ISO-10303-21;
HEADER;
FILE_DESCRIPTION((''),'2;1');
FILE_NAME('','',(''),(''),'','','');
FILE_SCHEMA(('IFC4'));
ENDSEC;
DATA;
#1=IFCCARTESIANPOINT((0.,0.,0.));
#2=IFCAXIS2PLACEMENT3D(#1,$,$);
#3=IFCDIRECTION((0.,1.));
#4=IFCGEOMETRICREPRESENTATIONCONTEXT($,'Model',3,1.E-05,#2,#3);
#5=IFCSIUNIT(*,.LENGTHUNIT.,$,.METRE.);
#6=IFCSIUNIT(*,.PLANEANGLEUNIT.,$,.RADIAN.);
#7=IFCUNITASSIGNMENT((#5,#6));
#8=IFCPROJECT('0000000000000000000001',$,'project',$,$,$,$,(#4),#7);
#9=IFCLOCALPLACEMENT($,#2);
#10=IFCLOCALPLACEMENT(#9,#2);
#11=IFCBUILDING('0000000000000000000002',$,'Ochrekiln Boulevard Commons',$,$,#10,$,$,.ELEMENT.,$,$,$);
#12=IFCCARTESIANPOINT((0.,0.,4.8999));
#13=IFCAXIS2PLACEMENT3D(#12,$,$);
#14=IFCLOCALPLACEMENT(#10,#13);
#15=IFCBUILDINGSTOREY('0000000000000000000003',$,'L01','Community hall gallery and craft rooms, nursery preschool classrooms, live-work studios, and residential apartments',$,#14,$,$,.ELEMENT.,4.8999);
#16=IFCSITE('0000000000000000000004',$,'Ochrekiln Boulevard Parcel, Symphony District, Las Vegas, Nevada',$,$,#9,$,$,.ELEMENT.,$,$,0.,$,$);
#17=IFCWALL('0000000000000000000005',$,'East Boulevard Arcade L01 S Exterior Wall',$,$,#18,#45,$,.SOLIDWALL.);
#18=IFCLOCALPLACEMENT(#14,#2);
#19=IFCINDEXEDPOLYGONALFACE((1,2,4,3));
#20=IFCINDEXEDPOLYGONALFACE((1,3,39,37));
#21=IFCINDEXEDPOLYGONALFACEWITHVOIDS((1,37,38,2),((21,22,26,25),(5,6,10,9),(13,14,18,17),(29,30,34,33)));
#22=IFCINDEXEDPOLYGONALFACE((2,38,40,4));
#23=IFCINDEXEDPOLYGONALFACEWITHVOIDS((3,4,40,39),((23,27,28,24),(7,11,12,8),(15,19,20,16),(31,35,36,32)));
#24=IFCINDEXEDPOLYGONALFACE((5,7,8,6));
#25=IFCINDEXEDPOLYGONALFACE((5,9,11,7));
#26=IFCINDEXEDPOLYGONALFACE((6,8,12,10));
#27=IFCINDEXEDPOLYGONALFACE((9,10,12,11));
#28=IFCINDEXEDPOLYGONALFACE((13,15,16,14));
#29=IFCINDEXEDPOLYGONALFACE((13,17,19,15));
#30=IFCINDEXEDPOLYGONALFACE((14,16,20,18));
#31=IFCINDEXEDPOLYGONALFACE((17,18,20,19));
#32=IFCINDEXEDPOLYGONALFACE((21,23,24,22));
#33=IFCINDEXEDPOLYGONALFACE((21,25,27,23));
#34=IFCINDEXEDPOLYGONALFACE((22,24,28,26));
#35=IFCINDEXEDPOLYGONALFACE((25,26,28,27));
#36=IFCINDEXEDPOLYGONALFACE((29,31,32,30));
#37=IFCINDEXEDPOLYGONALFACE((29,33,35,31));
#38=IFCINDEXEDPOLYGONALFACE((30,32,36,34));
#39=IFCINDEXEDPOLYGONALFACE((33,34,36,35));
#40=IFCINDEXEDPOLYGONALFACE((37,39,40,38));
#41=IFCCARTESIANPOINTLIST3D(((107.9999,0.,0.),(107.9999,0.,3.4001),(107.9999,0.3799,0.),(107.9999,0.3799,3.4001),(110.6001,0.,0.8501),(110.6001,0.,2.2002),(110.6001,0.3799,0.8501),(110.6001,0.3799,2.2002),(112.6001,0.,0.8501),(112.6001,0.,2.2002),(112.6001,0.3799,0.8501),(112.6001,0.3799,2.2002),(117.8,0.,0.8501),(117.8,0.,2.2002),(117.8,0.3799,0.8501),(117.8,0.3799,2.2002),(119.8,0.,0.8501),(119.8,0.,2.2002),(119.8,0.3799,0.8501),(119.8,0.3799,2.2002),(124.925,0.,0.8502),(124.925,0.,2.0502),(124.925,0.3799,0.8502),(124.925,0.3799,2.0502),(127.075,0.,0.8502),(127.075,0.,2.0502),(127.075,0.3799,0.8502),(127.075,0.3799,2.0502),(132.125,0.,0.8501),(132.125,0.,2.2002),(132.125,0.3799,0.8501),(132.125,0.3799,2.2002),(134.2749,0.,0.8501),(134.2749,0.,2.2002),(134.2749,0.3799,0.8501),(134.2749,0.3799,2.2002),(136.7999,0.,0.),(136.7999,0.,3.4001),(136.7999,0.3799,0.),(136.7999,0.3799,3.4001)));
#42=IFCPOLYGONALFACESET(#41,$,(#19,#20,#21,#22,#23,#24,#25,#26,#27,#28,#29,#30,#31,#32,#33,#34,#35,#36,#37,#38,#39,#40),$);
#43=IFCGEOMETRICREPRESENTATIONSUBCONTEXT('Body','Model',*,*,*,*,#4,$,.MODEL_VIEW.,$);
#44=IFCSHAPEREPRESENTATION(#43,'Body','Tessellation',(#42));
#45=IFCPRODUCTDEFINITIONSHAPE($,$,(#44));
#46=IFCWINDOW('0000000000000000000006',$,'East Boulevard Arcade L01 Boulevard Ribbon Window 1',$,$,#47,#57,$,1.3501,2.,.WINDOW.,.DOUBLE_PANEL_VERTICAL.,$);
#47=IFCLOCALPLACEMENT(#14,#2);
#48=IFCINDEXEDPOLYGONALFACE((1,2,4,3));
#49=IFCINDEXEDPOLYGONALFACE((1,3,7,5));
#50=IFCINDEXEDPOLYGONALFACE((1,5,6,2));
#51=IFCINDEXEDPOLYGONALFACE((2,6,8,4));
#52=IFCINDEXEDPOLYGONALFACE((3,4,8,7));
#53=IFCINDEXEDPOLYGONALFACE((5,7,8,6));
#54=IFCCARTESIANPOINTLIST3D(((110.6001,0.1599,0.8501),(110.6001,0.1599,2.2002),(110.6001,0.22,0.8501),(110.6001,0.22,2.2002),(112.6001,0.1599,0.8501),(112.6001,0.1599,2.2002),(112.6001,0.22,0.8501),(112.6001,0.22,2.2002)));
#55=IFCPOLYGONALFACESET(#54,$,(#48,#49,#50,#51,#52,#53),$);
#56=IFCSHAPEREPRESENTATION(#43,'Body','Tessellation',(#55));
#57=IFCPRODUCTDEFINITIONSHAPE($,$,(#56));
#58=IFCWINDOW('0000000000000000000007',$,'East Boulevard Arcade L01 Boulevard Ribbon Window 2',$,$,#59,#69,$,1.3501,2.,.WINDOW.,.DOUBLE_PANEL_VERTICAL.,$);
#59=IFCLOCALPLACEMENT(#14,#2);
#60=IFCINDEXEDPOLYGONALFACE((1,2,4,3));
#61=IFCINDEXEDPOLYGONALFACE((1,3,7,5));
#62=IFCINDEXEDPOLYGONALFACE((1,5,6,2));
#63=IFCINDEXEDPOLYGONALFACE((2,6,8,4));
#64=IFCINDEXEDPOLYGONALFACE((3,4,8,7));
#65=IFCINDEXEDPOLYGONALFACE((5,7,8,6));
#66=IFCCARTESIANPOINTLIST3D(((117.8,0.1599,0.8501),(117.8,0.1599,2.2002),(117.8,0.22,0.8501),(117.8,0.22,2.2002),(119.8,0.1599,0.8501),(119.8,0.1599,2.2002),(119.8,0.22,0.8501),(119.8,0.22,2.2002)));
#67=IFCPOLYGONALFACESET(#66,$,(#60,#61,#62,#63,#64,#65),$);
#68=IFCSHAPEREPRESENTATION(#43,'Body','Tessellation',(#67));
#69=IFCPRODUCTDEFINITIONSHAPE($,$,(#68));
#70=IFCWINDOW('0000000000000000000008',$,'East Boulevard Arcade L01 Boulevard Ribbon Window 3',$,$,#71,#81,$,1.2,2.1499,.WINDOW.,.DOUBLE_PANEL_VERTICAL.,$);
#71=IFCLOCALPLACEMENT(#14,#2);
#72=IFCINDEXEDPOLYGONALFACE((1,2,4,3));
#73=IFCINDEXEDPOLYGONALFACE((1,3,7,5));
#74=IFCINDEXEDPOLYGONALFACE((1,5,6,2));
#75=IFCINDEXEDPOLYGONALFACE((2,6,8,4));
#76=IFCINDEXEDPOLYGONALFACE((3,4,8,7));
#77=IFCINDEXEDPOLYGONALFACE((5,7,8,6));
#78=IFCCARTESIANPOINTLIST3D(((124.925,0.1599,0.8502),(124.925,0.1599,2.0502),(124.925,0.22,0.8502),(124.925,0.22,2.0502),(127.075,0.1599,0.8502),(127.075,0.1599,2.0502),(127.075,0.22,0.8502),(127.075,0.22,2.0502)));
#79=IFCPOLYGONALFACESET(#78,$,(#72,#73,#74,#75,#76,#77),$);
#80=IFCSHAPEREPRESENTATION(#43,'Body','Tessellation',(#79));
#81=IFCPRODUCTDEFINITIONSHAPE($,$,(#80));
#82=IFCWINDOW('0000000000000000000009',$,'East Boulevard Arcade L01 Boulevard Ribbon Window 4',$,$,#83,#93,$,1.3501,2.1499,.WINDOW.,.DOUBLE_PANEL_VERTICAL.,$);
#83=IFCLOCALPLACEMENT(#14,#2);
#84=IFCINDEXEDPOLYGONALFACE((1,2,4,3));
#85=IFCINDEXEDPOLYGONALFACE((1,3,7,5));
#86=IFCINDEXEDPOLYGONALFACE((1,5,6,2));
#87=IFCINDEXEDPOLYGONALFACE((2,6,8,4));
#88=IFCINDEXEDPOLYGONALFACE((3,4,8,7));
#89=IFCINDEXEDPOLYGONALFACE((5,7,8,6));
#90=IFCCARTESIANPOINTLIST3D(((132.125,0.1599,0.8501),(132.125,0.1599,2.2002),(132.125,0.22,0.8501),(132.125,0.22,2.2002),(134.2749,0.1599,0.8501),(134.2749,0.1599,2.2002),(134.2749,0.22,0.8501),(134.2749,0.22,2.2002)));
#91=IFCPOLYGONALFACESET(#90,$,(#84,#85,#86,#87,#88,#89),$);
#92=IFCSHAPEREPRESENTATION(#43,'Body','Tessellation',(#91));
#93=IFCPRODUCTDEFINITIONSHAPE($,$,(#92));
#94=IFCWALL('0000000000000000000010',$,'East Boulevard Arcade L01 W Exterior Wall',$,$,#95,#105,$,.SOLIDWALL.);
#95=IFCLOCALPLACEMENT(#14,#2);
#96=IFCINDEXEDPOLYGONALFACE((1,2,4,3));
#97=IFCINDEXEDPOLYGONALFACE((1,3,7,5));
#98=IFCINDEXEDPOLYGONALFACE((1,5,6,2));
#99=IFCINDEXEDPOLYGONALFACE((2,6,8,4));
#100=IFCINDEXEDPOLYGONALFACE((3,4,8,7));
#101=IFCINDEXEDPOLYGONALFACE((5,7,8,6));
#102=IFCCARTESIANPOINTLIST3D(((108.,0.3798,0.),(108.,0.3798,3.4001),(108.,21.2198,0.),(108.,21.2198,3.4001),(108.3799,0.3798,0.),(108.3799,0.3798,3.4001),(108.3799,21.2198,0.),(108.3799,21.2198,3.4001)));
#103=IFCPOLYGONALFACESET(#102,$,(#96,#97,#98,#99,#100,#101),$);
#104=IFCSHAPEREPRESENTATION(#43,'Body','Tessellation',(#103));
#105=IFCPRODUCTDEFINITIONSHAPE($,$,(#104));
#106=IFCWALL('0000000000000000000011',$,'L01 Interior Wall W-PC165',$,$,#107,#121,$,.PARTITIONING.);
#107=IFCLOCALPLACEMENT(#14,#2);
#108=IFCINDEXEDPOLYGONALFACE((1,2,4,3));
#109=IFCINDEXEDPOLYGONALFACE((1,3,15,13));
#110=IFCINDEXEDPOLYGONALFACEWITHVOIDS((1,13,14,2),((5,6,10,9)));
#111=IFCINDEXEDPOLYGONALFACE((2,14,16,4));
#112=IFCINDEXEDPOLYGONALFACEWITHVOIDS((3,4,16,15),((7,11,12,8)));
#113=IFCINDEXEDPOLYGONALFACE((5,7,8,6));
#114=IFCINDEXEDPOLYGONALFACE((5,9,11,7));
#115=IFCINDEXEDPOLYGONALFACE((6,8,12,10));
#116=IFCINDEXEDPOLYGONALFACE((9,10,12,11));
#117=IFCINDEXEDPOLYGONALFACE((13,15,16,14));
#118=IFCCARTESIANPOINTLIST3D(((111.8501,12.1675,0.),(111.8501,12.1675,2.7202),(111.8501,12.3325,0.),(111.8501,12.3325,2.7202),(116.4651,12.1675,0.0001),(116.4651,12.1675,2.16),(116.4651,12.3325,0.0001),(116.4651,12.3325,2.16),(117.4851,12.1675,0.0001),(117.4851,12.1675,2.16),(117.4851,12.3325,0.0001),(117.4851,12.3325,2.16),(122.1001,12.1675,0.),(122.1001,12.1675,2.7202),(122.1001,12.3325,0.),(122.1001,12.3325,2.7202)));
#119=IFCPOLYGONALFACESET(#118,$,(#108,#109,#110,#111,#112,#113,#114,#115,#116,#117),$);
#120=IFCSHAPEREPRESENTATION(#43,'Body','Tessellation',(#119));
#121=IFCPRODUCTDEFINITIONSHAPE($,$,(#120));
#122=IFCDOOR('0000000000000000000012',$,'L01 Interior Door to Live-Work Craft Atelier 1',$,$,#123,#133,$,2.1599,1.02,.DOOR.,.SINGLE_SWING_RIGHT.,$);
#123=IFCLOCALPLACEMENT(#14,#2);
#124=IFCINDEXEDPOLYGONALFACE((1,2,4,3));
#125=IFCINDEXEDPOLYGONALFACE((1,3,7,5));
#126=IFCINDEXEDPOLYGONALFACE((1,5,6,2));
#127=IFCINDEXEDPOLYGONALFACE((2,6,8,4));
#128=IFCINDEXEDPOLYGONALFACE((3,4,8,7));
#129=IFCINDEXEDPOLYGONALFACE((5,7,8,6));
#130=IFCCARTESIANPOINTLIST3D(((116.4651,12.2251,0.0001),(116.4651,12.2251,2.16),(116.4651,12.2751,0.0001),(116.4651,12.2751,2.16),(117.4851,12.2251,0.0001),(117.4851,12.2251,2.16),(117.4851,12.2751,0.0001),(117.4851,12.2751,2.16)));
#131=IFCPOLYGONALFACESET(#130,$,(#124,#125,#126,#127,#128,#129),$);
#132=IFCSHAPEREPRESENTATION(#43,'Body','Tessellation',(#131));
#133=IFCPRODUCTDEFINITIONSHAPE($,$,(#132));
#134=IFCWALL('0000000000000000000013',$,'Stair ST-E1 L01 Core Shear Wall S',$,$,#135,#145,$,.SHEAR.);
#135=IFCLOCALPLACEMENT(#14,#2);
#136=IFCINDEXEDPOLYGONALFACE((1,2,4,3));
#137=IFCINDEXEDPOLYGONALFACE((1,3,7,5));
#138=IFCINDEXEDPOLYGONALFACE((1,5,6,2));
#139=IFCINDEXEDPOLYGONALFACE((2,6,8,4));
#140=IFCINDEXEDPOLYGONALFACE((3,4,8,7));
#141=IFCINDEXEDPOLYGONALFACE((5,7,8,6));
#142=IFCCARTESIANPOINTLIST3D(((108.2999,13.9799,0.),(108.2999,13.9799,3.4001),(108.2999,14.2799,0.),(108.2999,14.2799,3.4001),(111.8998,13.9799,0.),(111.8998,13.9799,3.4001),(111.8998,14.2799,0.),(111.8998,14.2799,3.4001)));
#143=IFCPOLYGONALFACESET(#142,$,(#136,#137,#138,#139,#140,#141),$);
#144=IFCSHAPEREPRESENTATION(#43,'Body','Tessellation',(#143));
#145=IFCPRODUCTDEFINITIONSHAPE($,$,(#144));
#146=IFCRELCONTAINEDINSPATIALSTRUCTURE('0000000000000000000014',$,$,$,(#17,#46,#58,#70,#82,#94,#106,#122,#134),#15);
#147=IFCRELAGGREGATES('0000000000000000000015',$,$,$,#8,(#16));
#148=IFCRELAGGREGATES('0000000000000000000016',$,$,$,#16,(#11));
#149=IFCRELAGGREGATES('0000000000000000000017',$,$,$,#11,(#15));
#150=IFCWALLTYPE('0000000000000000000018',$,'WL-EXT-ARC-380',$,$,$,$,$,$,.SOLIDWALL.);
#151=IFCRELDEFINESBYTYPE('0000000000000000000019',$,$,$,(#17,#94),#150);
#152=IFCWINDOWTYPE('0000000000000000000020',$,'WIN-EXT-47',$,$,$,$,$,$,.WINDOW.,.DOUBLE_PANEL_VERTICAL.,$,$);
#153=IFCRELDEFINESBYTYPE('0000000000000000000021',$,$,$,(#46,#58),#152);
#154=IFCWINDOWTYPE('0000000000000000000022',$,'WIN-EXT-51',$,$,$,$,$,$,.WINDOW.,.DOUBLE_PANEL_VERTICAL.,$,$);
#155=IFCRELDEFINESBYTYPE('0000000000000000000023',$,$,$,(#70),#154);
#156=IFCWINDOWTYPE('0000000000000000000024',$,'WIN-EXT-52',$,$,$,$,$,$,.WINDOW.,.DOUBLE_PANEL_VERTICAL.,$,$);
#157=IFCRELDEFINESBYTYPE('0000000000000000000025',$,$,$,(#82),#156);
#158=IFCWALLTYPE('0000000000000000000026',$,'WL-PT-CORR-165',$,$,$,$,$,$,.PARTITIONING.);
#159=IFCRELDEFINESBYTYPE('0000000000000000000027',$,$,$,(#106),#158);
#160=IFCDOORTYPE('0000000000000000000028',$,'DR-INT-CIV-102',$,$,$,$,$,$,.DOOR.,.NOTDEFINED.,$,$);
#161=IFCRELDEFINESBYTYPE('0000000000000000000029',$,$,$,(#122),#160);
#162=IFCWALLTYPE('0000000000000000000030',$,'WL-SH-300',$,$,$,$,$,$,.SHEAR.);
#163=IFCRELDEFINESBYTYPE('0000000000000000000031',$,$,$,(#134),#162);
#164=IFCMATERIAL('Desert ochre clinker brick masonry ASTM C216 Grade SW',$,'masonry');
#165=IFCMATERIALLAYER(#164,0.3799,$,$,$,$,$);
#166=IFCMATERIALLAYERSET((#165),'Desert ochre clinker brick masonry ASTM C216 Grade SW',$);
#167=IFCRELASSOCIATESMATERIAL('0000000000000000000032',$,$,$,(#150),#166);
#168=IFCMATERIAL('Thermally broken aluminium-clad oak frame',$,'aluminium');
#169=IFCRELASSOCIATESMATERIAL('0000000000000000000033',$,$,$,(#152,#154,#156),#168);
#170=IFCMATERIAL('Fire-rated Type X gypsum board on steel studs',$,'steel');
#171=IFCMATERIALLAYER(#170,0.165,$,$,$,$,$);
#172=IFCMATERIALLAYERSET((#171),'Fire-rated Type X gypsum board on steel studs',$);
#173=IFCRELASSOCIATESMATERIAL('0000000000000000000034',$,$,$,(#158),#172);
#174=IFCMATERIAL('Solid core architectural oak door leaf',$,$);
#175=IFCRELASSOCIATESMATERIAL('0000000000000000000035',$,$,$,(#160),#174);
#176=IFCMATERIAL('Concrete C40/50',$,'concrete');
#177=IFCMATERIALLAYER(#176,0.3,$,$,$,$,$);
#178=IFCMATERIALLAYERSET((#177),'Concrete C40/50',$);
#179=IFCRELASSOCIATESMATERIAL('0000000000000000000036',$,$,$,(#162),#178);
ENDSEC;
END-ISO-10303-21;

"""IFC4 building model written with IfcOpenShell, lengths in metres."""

from ifc_helpers import new_model, si_unit, direction, frame, frame_2d, origin, place, context, subcontext, project, spatial, rectangle, extrude, material, layer, layer_set, type_object, element, fill, save


model = new_model("IFC4")

# Units and contexts
model_context = context("Model", 3, precision=1e-05, world=origin(), true_north=direction((0.0, 1.0)))
body_context = subcontext(model_context, "Body", "Model", "MODEL_VIEW")
ifc_project = project(units=[si_unit("LENGTHUNIT", "METRE"), si_unit("PLANEANGLEUNIT", "RADIAN")], contexts=[model_context])

# Site, building, storey
site_placement = place(None, origin())
site = spatial("IfcSite", under=ifc_project, at=site_placement, Name="Ochrekiln Boulevard Parcel, Symphony District, Las Vegas, Nevada", CompositionType="ELEMENT", RefElevation=0.0)
building_placement = place(site_placement, origin())
building = spatial("IfcBuilding", under=site, at=building_placement, Name="Ochrekiln Boulevard Commons", CompositionType="ELEMENT")
storey_placement = place(building_placement, frame((0.0, 0.0, 4.8999)))
storey = spatial("IfcBuildingStorey", under=building, at=storey_placement, Name="L01", Description="Community hall gallery and craft rooms, nursery preschool classrooms, live-work studios, and residential apartments", CompositionType="ELEMENT", Elevation=4.8999)

# Shared definitions
ifc_material_1 = material(Name="Concrete C40/50", Category="concrete")

# Wall, openings, windows
ifc_material_2 = material(Name="Desert ochre clinker brick masonry ASTM C216 Grade SW", Category="masonry")
ifc_layer_1 = layer(ifc_material_2, 0.3799)
ifc_layer_set_1 = layer_set([ifc_layer_1], Name="Desert ochre clinker brick masonry ASTM C216 Grade SW")
wall_type_1 = type_object("IfcWallType", Name="WL-EXT-ARC-380", PredefinedType="SOLIDWALL", material=ifc_layer_set_1)
wall_1_placement = place(storey_placement, frame((108.0, 0.1899, 0.0), z_axis=(0.0, 0.0, 1.0), x_axis=(1.0, 0.0, 0.0)))
wall_1 = element("IfcWall", 1, at=wall_1_placement, inside=storey, type_object=wall_type_1, Name="East Boulevard Arcade L01 S Exterior Wall", PredefinedType="SOLIDWALL", context=body_context, shape_type="SweptSolid", body=[
    extrude(rectangle(XDim=28.8, YDim=0.3799, at=frame_2d((14.3999, 0.0))), origin(), (0.0, 0.0, 1.0), 3.4001),
])
opening_1_placement = place(wall_1_placement, frame((2.6001, 0.0, 0.8501)))
opening_1 = element("IfcOpeningElement", 2, at=opening_1_placement, cuts=wall_1, PredefinedType="OPENING", context=body_context, shape_type="SweptSolid", body=[
    extrude(rectangle(XDim=2.0, YDim=1.3501, at=frame_2d((1.0, 0.675))), frame((0.0, 0.2, 0.0), z_axis=(0.0, -1.0, 0.0), x_axis=(1.0, 0.0, 0.0)), (0.0, 0.0, 1.0), 0.3999),
])
opening_2_placement = place(wall_1_placement, frame((9.8, 0.0, 0.8501)))
opening_2 = element("IfcOpeningElement", 3, at=opening_2_placement, cuts=wall_1, PredefinedType="OPENING", context=body_context, shape_type="SweptSolid", body=[
    extrude(rectangle(XDim=2.0, YDim=1.3501, at=frame_2d((1.0, 0.675))), frame((0.0, 0.2, 0.0), z_axis=(0.0, -1.0, 0.0), x_axis=(1.0, 0.0, 0.0)), (0.0, 0.0, 1.0), 0.3999),
])
opening_3_placement = place(wall_1_placement, frame((16.925, 0.0, 0.8501)))
opening_3 = element("IfcOpeningElement", 4, at=opening_3_placement, cuts=wall_1, PredefinedType="OPENING", context=body_context, shape_type="SweptSolid", body=[
    extrude(rectangle(XDim=2.1499, YDim=1.2, at=frame_2d((1.075, 0.6001))), frame((0.0, 0.2, 0.0), z_axis=(0.0, -1.0, 0.0), x_axis=(1.0, 0.0, 0.0)), (0.0, 0.0, 1.0), 0.3999),
])
opening_4_placement = place(wall_1_placement, frame((24.125, 0.0, 0.8501)))
opening_4 = element("IfcOpeningElement", 5, at=opening_4_placement, cuts=wall_1, PredefinedType="OPENING", context=body_context, shape_type="SweptSolid", body=[
    extrude(rectangle(XDim=2.1499, YDim=1.3501, at=frame_2d((1.075, 0.675))), frame((0.0, 0.2, 0.0), z_axis=(0.0, -1.0, 0.0), x_axis=(1.0, 0.0, 0.0)), (0.0, 0.0, 1.0), 0.3999),
])
ifc_material_3 = material(Name="Thermally broken aluminium-clad oak frame", Category="aluminium")
window_type_1 = type_object("IfcWindowType", Name="WIN-EXT-47", PartitioningType="DOUBLE_PANEL_VERTICAL", PredefinedType="WINDOW", material=ifc_material_3)
window_1_placement = place(opening_1_placement, origin())
window_1 = element("IfcWindow", 6, at=window_1_placement, inside=storey, type_object=window_type_1, Name="East Boulevard Arcade L01 Boulevard Ribbon Window 1", OverallHeight=1.3501, OverallWidth=2.0, PartitioningType="DOUBLE_PANEL_VERTICAL", PredefinedType="WINDOW", context=body_context, shape_type="SweptSolid", body=[
    extrude(rectangle(XDim=2.0, YDim=1.3501, at=frame_2d((1.0, 0.675))), frame((0.0, 0.03, 0.0), z_axis=(0.0, -1.0, 0.0), x_axis=(1.0, 0.0, 0.0)), (0.0, 0.0, 1.0), 0.0601),
])
fill(opening_1, window_1)
window_2_placement = place(opening_2_placement, origin())
window_2 = element("IfcWindow", 7, at=window_2_placement, inside=storey, type_object=window_type_1, Name="East Boulevard Arcade L01 Boulevard Ribbon Window 2", OverallHeight=1.3501, OverallWidth=2.0, PartitioningType="DOUBLE_PANEL_VERTICAL", PredefinedType="WINDOW", context=body_context, shape_type="SweptSolid", body=[
    extrude(rectangle(XDim=2.0, YDim=1.3501, at=frame_2d((1.0, 0.675))), frame((0.0, 0.03, 0.0), z_axis=(0.0, -1.0, 0.0), x_axis=(1.0, 0.0, 0.0)), (0.0, 0.0, 1.0), 0.0601),
])
fill(opening_2, window_2)
window_type_2 = type_object("IfcWindowType", Name="WIN-EXT-51", PartitioningType="DOUBLE_PANEL_VERTICAL", PredefinedType="WINDOW", material=ifc_material_3)
window_3_placement = place(opening_3_placement, origin())
window_3 = element("IfcWindow", 8, at=window_3_placement, inside=storey, type_object=window_type_2, Name="East Boulevard Arcade L01 Boulevard Ribbon Window 3", OverallHeight=1.2, OverallWidth=2.1499, PartitioningType="DOUBLE_PANEL_VERTICAL", PredefinedType="WINDOW", context=body_context, shape_type="SweptSolid", body=[
    extrude(rectangle(XDim=2.1499, YDim=1.2, at=frame_2d((1.075, 0.6001))), frame((0.0, 0.03, 0.0), z_axis=(0.0, -1.0, 0.0), x_axis=(1.0, 0.0, 0.0)), (0.0, 0.0, 1.0), 0.0601),
])
fill(opening_3, window_3)
window_type_3 = type_object("IfcWindowType", Name="WIN-EXT-52", PartitioningType="DOUBLE_PANEL_VERTICAL", PredefinedType="WINDOW", material=ifc_material_3)
window_4_placement = place(opening_4_placement, origin())
window_4 = element("IfcWindow", 9, at=window_4_placement, inside=storey, type_object=window_type_3, Name="East Boulevard Arcade L01 Boulevard Ribbon Window 4", OverallHeight=1.3501, OverallWidth=2.1499, PartitioningType="DOUBLE_PANEL_VERTICAL", PredefinedType="WINDOW", context=body_context, shape_type="SweptSolid", body=[
    extrude(rectangle(XDim=2.1499, YDim=1.3501, at=frame_2d((1.075, 0.675))), frame((0.0, 0.03, 0.0), z_axis=(0.0, -1.0, 0.0), x_axis=(1.0, 0.0, 0.0)), (0.0, 0.0, 1.0), 0.0601),
])
fill(opening_4, window_4)

# Wall
wall_2_placement = place(storey_placement, frame((108.1899, 0.3799, 0.0), z_axis=(0.0, 0.0, 1.0), x_axis=(0.0, 1.0, 0.0)))
element("IfcWall", 10, at=wall_2_placement, inside=storey, type_object=wall_type_1, Name="East Boulevard Arcade L01 W Exterior Wall", PredefinedType="SOLIDWALL", context=body_context, shape_type="SweptSolid", body=[
    extrude(rectangle(XDim=20.8401, YDim=0.3799, at=frame_2d((10.4199, 0.0))), origin(), (0.0, 0.0, 1.0), 3.4001),
])

# Wall, opening, door
ifc_material_4 = material(Name="Fire-rated Type X gypsum board on steel studs", Category="steel")
ifc_layer_2 = layer(ifc_material_4, 0.165)
ifc_layer_set_2 = layer_set([ifc_layer_2], Name="Fire-rated Type X gypsum board on steel studs")
wall_type_2 = type_object("IfcWallType", Name="WL-PT-CORR-165", PredefinedType="PARTITIONING", material=ifc_layer_set_2)
wall_3_placement = place(storey_placement, frame((111.8501, 12.25, 0.0), z_axis=(0.0, 0.0, 1.0), x_axis=(1.0, 0.0, 0.0)))
wall_3 = element("IfcWall", 11, at=wall_3_placement, inside=storey, type_object=wall_type_2, Name="L01 Interior Wall W-PC165", PredefinedType="PARTITIONING", context=body_context, shape_type="SweptSolid", body=[
    extrude(rectangle(XDim=10.25, YDim=0.165, at=frame_2d((5.125, 0.0))), origin(), (0.0, 0.0, 1.0), 2.7202),
])
opening_5_placement = place(wall_3_placement, frame((4.615, 0.0, 0.0)))
opening_5 = element("IfcOpeningElement", 12, at=opening_5_placement, cuts=wall_3, PredefinedType="OPENING", context=body_context, shape_type="SweptSolid", body=[
    extrude(rectangle(XDim=1.02, YDim=2.1599, at=frame_2d((0.51, 1.0801))), frame((0.0, 0.0925, 0.0), z_axis=(0.0, -1.0, 0.0), x_axis=(1.0, 0.0, 0.0)), (0.0, 0.0, 1.0), 0.1851),
])
ifc_material_5 = material(Name="Solid core architectural oak door leaf")
door_type_1 = type_object("IfcDoorType", Name="DR-INT-CIV-102", OperationType="NOTDEFINED", PredefinedType="DOOR", material=ifc_material_5)
door_1_placement = place(opening_5_placement, frame((1.02, 0.0, 0.0), z_axis=(0.0, 0.0, 1.0), x_axis=(-1.0, 0.0, 0.0)))
door_1 = element("IfcDoor", 13, at=door_1_placement, inside=storey, type_object=door_type_1, Name="L01 Interior Door to Live-Work Craft Atelier 1", OperationType="SINGLE_SWING_RIGHT", OverallHeight=2.1599, OverallWidth=1.02, PredefinedType="DOOR", context=body_context, shape_type="SweptSolid", body=[
    extrude(rectangle(XDim=1.02, YDim=2.1599, at=frame_2d((0.51, 1.0801))), frame((0.0, 0.0249, 0.0), z_axis=(0.0, -1.0, 0.0), x_axis=(1.0, 0.0, 0.0)), (0.0, 0.0, 1.0), 0.05),
])
fill(opening_5, door_1)

# Wall
ifc_layer_3 = layer(ifc_material_1, 0.3)
ifc_layer_set_3 = layer_set([ifc_layer_3], Name="Concrete C40/50")
wall_type_3 = type_object("IfcWallType", Name="WL-SH-300", PredefinedType="SHEAR", material=ifc_layer_set_3)
wall_4_placement = place(storey_placement, frame((108.3, 14.1299, 0.0), z_axis=(0.0, 0.0, 1.0), x_axis=(1.0, 0.0, 0.0)))
element("IfcWall", 14, at=wall_4_placement, inside=storey, type_object=wall_type_3, Name="Stair ST-E1 L01 Core Shear Wall S", PredefinedType="SHEAR", context=body_context, shape_type="SweptSolid", body=[
    extrude(rectangle(XDim=3.5999, YDim=0.3, at=frame_2d((1.7998, 0.0))), origin(), (0.0, 0.0, 1.0), 3.4001),
])

save(model, "model.ifc")
